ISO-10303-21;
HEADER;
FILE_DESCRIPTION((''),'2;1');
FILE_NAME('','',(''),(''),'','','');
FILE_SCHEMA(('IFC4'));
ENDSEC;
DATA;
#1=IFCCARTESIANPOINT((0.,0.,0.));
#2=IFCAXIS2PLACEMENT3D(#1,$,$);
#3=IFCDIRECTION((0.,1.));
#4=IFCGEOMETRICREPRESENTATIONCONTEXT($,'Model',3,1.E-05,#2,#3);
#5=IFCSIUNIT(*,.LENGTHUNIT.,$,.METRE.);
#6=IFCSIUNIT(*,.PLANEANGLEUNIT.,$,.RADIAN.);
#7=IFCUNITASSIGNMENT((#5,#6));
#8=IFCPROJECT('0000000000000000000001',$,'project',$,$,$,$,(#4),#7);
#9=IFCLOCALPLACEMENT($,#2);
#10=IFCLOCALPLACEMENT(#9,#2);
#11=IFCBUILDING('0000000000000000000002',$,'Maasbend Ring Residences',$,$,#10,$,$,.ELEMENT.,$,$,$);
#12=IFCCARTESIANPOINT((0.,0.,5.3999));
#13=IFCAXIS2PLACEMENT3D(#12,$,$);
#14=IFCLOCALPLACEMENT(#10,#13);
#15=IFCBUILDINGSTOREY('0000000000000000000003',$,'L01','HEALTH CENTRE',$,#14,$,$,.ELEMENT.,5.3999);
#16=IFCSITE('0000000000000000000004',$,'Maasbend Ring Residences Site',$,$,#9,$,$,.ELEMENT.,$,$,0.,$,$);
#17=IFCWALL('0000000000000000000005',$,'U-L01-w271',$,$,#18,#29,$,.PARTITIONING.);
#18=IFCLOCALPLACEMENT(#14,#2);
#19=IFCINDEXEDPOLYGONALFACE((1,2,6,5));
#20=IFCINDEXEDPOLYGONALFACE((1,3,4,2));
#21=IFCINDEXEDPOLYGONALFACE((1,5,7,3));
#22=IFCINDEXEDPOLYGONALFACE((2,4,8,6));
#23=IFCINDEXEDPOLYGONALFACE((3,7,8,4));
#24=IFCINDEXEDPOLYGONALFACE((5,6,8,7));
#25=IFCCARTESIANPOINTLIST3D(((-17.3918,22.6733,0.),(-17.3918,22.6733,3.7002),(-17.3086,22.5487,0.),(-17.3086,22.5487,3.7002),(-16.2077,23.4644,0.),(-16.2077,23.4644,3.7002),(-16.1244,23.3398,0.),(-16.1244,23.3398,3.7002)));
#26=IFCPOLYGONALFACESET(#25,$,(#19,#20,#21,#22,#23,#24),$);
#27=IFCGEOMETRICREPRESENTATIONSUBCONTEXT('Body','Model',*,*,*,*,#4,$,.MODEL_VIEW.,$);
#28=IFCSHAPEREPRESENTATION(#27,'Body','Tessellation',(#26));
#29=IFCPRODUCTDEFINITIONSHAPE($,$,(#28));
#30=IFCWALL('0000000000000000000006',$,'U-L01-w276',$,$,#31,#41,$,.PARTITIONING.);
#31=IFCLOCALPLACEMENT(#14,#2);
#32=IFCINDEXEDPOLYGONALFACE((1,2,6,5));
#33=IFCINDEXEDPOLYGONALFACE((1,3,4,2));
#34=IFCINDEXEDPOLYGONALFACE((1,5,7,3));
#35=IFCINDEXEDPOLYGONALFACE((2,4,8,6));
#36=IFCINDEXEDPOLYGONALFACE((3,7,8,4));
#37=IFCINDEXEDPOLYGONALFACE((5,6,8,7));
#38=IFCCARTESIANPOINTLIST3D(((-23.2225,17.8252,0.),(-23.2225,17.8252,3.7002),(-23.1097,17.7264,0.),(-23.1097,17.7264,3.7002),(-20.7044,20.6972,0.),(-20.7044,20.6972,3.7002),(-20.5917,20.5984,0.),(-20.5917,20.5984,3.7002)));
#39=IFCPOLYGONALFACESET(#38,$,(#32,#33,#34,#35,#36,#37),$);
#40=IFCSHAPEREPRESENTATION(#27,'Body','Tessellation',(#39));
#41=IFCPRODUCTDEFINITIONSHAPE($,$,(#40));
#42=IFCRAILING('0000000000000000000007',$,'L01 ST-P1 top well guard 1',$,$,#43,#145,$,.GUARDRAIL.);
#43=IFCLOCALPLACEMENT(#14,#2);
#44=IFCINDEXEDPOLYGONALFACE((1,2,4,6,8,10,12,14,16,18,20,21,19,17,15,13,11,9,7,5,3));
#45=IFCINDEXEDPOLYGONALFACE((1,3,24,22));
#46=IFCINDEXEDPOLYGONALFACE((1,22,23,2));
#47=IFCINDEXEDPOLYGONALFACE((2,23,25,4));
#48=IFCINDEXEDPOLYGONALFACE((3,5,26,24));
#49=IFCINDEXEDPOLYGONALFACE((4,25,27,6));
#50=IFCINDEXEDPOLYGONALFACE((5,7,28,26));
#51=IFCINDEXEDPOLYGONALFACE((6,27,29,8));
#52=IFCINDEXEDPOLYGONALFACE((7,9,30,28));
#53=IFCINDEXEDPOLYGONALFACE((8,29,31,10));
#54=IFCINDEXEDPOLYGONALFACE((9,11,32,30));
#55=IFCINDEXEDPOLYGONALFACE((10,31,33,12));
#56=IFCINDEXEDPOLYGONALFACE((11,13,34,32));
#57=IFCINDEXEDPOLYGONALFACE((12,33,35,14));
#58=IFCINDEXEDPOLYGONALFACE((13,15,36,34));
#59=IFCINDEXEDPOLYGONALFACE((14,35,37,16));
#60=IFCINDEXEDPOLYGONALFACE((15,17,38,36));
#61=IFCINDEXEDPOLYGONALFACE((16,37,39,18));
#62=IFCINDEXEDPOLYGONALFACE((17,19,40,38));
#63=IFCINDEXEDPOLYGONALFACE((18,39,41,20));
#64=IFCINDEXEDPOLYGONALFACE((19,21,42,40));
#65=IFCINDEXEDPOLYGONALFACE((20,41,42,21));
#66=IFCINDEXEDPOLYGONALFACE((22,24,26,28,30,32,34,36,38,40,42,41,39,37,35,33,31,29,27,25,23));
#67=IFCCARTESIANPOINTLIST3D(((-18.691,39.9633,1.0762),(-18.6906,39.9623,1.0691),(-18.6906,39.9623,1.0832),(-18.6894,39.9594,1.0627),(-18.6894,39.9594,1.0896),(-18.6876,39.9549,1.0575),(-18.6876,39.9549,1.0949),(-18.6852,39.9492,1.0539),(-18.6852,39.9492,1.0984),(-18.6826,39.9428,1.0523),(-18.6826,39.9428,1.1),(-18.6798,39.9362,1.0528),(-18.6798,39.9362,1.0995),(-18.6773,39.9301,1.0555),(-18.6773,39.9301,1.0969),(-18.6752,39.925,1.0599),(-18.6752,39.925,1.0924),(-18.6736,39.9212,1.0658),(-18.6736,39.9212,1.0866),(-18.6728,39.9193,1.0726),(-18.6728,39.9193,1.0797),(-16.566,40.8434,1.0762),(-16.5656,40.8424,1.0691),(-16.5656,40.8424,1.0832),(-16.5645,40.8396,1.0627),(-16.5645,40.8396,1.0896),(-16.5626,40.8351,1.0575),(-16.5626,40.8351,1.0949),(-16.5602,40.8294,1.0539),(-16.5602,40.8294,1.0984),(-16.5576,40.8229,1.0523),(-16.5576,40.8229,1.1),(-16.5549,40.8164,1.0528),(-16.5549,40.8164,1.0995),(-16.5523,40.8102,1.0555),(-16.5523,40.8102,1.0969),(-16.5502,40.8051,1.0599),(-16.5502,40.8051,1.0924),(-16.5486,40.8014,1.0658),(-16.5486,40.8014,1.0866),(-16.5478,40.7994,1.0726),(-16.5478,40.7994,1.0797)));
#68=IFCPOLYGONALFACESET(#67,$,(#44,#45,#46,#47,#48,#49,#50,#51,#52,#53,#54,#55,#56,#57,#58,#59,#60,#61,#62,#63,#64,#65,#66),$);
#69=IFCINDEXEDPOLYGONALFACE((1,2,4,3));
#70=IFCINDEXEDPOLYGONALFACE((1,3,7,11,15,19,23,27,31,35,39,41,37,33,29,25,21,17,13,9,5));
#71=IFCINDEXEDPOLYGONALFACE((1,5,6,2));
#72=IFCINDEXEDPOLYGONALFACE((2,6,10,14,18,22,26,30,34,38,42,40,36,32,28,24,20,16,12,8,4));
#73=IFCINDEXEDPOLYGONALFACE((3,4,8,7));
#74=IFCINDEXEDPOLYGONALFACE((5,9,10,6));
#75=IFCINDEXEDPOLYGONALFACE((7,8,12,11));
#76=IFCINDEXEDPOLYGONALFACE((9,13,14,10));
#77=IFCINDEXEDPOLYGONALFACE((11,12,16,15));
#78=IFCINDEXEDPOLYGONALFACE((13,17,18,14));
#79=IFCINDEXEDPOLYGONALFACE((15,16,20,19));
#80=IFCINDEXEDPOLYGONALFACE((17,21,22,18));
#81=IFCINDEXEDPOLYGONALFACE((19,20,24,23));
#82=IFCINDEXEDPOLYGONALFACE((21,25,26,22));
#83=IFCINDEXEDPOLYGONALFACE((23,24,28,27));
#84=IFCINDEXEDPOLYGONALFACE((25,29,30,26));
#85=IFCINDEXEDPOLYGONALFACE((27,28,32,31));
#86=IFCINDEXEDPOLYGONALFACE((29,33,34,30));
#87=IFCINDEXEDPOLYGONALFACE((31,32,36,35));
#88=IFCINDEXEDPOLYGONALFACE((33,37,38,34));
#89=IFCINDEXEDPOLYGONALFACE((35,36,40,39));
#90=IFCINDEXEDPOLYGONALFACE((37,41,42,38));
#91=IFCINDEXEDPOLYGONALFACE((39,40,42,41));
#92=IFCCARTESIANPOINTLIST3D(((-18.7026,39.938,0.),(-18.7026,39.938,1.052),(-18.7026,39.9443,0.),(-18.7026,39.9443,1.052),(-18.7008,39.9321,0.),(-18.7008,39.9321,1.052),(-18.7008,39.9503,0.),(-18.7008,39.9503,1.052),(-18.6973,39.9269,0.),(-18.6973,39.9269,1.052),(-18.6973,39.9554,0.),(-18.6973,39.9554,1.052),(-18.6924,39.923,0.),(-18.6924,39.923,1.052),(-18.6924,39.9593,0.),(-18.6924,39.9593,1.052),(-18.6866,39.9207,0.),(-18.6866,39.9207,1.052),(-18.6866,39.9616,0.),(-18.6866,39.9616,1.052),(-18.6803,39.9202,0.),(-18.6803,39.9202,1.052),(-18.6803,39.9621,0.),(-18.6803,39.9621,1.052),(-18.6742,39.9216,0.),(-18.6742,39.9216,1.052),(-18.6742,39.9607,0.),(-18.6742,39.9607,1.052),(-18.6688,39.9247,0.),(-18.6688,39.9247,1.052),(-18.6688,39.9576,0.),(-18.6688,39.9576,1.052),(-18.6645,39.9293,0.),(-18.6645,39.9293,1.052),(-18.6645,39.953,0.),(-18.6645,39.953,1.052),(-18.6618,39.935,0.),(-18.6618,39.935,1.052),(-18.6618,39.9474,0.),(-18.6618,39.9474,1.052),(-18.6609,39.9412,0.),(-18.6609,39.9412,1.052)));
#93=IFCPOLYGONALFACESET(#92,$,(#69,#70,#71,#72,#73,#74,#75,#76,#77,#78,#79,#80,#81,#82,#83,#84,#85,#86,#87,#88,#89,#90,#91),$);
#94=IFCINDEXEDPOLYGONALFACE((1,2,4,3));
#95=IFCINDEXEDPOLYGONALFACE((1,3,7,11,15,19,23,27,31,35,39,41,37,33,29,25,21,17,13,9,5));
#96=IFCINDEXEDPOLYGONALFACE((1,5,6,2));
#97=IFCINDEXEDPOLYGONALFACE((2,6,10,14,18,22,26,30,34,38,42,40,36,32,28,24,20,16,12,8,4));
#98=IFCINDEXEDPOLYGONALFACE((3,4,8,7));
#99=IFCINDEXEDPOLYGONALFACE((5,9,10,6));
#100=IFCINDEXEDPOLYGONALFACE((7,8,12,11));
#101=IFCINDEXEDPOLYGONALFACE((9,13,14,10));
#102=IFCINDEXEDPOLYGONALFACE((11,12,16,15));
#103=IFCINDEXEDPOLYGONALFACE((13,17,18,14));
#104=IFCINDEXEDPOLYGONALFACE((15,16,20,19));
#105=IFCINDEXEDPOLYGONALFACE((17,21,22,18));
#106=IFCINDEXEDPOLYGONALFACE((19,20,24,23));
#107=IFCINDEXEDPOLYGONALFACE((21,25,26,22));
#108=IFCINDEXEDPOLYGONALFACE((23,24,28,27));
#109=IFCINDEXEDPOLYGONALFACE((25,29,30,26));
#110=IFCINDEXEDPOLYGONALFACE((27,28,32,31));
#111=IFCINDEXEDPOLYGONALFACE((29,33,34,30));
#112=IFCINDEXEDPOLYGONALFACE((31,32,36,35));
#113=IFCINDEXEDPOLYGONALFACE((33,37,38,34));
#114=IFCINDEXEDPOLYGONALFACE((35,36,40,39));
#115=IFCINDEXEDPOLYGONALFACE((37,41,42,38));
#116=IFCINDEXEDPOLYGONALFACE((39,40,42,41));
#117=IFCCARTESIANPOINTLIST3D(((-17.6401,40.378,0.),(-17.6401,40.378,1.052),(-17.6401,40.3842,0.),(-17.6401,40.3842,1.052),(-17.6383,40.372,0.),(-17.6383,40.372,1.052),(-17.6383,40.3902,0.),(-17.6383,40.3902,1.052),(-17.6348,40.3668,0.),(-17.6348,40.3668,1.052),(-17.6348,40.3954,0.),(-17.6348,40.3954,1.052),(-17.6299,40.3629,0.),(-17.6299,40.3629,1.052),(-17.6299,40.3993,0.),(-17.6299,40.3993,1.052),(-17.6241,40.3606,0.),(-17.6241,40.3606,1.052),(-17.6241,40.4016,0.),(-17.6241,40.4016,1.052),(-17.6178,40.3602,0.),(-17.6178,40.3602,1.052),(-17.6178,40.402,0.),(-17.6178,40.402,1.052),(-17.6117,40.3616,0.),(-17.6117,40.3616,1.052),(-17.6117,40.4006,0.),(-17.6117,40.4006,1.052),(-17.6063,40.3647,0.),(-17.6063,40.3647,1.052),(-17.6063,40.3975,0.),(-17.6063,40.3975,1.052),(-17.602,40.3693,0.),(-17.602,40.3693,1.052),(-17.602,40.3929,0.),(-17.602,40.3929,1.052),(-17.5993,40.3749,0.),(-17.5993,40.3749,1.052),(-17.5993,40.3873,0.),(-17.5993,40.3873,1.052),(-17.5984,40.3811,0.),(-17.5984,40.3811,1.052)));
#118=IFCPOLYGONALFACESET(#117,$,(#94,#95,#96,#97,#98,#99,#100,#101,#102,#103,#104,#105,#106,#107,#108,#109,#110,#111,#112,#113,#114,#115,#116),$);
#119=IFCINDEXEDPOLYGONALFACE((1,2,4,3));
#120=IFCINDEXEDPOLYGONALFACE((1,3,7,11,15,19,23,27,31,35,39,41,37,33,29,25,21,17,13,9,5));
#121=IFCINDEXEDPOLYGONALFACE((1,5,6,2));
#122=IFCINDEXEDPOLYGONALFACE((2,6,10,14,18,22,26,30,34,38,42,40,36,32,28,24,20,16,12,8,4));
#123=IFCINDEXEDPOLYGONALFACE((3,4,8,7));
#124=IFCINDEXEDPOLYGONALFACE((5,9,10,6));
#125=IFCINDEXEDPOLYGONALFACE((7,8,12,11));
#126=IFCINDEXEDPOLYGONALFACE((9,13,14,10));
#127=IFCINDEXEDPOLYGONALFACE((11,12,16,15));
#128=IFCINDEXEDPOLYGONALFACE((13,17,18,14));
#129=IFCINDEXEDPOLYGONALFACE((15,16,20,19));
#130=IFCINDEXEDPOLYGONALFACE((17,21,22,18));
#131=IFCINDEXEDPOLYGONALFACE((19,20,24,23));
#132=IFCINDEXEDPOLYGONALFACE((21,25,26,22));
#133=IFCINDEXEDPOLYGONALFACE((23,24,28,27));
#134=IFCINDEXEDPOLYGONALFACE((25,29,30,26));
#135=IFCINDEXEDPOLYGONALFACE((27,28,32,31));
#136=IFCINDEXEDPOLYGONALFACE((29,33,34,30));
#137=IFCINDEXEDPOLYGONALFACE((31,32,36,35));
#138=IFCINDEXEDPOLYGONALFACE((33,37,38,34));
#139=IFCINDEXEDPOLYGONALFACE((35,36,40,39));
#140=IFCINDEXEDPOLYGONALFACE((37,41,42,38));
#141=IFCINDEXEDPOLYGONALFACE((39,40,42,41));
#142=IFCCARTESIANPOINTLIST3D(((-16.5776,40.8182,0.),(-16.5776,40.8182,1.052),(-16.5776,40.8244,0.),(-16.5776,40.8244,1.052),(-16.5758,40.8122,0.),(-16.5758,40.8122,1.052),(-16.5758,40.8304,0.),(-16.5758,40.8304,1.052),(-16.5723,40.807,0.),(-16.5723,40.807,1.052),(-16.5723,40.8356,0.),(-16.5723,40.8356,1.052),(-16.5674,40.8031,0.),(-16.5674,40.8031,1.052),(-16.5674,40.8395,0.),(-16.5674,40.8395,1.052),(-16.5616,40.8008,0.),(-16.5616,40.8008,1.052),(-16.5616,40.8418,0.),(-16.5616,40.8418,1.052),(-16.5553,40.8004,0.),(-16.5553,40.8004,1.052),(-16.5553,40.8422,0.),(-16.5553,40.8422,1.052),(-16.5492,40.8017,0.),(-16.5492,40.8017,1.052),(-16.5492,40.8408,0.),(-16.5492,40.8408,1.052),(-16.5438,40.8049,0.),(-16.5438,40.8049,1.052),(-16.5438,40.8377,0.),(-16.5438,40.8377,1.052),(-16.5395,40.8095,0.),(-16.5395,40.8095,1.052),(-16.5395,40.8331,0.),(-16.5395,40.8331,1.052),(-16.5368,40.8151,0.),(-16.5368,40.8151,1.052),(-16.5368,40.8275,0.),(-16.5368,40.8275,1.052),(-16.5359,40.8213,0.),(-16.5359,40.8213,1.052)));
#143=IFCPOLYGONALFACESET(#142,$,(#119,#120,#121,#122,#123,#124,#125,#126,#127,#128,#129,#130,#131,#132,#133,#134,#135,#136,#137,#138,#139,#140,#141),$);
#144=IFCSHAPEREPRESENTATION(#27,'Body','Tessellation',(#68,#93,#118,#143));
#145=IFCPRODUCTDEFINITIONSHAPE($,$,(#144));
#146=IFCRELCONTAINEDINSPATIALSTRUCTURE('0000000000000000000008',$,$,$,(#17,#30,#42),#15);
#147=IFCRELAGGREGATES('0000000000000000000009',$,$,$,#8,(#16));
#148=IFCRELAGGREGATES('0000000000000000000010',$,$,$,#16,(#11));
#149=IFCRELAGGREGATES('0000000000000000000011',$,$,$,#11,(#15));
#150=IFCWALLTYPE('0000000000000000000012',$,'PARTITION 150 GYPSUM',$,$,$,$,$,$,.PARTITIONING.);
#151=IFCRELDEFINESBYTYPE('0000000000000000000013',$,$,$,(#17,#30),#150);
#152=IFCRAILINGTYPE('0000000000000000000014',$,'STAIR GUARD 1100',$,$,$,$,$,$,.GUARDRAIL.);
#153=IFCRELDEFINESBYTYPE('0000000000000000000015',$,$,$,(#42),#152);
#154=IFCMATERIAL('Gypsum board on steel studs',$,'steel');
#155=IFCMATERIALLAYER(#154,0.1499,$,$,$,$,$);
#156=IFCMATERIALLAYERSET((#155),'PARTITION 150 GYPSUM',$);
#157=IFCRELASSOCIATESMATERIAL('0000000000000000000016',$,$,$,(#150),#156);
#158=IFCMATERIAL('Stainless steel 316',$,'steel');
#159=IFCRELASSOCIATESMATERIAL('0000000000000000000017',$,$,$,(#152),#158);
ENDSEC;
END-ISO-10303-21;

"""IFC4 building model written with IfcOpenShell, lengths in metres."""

from ifc_helpers import new_model, si_unit, direction, frame, frame_2d, origin, origin_2d, place, context, subcontext, project, spatial, rectangle, circle, extrude, material, layer, layer_set, type_object, element, save


model = new_model("IFC4")

# Units and contexts
model_context = context("Model", 3, precision=1e-05, world=origin(), true_north=direction((0.0, 1.0)))
body_context = subcontext(model_context, "Body", "Model", "MODEL_VIEW")
ifc_project = project(units=[si_unit("LENGTHUNIT", "METRE"), si_unit("PLANEANGLEUNIT", "RADIAN")], contexts=[model_context])

# Site, building, storey
site_placement = place(None, origin())
site = spatial("IfcSite", under=ifc_project, at=site_placement, Name="Maasbend Ring Residences Site", CompositionType="ELEMENT", RefElevation=0.0)
building_placement = place(site_placement, origin())
building = spatial("IfcBuilding", under=site, at=building_placement, Name="Maasbend Ring Residences", CompositionType="ELEMENT")
storey_placement = place(building_placement, frame((0.0, 0.0, 5.3999)))
storey = spatial("IfcBuildingStorey", under=building, at=storey_placement, Name="L01", Description="HEALTH CENTRE", CompositionType="ELEMENT", Elevation=5.3999)

# Walls
ifc_material_1 = material(Name="Gypsum board on steel studs", Category="steel")
ifc_layer_1 = layer(ifc_material_1, 0.1499)
ifc_layer_set_1 = layer_set([ifc_layer_1], Name="PARTITION 150 GYPSUM")
wall_type_1 = type_object("IfcWallType", Name="PARTITION 150 GYPSUM", PredefinedType="PARTITIONING", material=ifc_layer_set_1)
wall_1_placement = place(storey_placement, frame((-17.3501, 22.6111, 0.0), z_axis=(0.0, 0.0, 1.0), x_axis=(0.831522, 0.555491, 0.0)))
element("IfcWall", 1, at=wall_1_placement, inside=storey, type_object=wall_type_1, Name="U-L01-w271", PredefinedType="PARTITIONING", context=body_context, shape_type="SweptSolid", body=[
    extrude(rectangle(XDim=1.4241, YDim=0.1499, at=frame_2d((0.7119, 0.0))), origin(), (0.0, 0.0, 1.0), 3.7002),
])
wall_2_placement = place(storey_placement, frame((-23.166, 17.7759, 0.0), z_axis=(0.0, 0.0, 1.0), x_axis=(0.659246, 0.751927, 0.0)))
element("IfcWall", 2, at=wall_2_placement, inside=storey, type_object=wall_type_1, Name="U-L01-w276", PredefinedType="PARTITIONING", context=body_context, shape_type="SweptSolid", body=[
    extrude(rectangle(XDim=3.8196, YDim=0.1499, at=frame_2d((1.9097, 0.0))), origin(), (0.0, 0.0, 1.0), 3.7002),
])

# Railing
ifc_material_2 = material(Name="Stainless steel 316", Category="steel")
railing_type = type_object("IfcRailingType", Name="STAIR GUARD 1100", PredefinedType="GUARDRAIL", material=ifc_material_2)
railing_placement = place(storey_placement, frame((-18.6819, 39.9412, 0.0)))
element("IfcRailing", 3, at=railing_placement, inside=storey, type_object=railing_type, Name="L01 ST-P1 top well guard 1", PredefinedType="GUARDRAIL", context=body_context, shape_type="SweptSolid", body=[
    extrude(circle(Radius=0.0239, at=origin_2d()), frame((0.0, 0.0, 1.0762), z_axis=(0.923891, 0.382655, 0.0), x_axis=(-0.382655, 0.923891, 0.0)), (0.0, 0.0, 1.0), 2.3),
    extrude(circle(Radius=0.021, at=origin_2d()), origin(), (0.0, 0.0, 1.0), 1.052),
    extrude(circle(Radius=0.021, at=origin_2d()), frame((1.0625, 0.4399, 0.0)), (0.0, 0.0, 1.0), 1.052),
    extrude(circle(Radius=0.021, at=origin_2d()), frame((2.125, 0.8801, 0.0)), (0.0, 0.0, 1.0), 1.052),
])

save(model, "model.ifc")
